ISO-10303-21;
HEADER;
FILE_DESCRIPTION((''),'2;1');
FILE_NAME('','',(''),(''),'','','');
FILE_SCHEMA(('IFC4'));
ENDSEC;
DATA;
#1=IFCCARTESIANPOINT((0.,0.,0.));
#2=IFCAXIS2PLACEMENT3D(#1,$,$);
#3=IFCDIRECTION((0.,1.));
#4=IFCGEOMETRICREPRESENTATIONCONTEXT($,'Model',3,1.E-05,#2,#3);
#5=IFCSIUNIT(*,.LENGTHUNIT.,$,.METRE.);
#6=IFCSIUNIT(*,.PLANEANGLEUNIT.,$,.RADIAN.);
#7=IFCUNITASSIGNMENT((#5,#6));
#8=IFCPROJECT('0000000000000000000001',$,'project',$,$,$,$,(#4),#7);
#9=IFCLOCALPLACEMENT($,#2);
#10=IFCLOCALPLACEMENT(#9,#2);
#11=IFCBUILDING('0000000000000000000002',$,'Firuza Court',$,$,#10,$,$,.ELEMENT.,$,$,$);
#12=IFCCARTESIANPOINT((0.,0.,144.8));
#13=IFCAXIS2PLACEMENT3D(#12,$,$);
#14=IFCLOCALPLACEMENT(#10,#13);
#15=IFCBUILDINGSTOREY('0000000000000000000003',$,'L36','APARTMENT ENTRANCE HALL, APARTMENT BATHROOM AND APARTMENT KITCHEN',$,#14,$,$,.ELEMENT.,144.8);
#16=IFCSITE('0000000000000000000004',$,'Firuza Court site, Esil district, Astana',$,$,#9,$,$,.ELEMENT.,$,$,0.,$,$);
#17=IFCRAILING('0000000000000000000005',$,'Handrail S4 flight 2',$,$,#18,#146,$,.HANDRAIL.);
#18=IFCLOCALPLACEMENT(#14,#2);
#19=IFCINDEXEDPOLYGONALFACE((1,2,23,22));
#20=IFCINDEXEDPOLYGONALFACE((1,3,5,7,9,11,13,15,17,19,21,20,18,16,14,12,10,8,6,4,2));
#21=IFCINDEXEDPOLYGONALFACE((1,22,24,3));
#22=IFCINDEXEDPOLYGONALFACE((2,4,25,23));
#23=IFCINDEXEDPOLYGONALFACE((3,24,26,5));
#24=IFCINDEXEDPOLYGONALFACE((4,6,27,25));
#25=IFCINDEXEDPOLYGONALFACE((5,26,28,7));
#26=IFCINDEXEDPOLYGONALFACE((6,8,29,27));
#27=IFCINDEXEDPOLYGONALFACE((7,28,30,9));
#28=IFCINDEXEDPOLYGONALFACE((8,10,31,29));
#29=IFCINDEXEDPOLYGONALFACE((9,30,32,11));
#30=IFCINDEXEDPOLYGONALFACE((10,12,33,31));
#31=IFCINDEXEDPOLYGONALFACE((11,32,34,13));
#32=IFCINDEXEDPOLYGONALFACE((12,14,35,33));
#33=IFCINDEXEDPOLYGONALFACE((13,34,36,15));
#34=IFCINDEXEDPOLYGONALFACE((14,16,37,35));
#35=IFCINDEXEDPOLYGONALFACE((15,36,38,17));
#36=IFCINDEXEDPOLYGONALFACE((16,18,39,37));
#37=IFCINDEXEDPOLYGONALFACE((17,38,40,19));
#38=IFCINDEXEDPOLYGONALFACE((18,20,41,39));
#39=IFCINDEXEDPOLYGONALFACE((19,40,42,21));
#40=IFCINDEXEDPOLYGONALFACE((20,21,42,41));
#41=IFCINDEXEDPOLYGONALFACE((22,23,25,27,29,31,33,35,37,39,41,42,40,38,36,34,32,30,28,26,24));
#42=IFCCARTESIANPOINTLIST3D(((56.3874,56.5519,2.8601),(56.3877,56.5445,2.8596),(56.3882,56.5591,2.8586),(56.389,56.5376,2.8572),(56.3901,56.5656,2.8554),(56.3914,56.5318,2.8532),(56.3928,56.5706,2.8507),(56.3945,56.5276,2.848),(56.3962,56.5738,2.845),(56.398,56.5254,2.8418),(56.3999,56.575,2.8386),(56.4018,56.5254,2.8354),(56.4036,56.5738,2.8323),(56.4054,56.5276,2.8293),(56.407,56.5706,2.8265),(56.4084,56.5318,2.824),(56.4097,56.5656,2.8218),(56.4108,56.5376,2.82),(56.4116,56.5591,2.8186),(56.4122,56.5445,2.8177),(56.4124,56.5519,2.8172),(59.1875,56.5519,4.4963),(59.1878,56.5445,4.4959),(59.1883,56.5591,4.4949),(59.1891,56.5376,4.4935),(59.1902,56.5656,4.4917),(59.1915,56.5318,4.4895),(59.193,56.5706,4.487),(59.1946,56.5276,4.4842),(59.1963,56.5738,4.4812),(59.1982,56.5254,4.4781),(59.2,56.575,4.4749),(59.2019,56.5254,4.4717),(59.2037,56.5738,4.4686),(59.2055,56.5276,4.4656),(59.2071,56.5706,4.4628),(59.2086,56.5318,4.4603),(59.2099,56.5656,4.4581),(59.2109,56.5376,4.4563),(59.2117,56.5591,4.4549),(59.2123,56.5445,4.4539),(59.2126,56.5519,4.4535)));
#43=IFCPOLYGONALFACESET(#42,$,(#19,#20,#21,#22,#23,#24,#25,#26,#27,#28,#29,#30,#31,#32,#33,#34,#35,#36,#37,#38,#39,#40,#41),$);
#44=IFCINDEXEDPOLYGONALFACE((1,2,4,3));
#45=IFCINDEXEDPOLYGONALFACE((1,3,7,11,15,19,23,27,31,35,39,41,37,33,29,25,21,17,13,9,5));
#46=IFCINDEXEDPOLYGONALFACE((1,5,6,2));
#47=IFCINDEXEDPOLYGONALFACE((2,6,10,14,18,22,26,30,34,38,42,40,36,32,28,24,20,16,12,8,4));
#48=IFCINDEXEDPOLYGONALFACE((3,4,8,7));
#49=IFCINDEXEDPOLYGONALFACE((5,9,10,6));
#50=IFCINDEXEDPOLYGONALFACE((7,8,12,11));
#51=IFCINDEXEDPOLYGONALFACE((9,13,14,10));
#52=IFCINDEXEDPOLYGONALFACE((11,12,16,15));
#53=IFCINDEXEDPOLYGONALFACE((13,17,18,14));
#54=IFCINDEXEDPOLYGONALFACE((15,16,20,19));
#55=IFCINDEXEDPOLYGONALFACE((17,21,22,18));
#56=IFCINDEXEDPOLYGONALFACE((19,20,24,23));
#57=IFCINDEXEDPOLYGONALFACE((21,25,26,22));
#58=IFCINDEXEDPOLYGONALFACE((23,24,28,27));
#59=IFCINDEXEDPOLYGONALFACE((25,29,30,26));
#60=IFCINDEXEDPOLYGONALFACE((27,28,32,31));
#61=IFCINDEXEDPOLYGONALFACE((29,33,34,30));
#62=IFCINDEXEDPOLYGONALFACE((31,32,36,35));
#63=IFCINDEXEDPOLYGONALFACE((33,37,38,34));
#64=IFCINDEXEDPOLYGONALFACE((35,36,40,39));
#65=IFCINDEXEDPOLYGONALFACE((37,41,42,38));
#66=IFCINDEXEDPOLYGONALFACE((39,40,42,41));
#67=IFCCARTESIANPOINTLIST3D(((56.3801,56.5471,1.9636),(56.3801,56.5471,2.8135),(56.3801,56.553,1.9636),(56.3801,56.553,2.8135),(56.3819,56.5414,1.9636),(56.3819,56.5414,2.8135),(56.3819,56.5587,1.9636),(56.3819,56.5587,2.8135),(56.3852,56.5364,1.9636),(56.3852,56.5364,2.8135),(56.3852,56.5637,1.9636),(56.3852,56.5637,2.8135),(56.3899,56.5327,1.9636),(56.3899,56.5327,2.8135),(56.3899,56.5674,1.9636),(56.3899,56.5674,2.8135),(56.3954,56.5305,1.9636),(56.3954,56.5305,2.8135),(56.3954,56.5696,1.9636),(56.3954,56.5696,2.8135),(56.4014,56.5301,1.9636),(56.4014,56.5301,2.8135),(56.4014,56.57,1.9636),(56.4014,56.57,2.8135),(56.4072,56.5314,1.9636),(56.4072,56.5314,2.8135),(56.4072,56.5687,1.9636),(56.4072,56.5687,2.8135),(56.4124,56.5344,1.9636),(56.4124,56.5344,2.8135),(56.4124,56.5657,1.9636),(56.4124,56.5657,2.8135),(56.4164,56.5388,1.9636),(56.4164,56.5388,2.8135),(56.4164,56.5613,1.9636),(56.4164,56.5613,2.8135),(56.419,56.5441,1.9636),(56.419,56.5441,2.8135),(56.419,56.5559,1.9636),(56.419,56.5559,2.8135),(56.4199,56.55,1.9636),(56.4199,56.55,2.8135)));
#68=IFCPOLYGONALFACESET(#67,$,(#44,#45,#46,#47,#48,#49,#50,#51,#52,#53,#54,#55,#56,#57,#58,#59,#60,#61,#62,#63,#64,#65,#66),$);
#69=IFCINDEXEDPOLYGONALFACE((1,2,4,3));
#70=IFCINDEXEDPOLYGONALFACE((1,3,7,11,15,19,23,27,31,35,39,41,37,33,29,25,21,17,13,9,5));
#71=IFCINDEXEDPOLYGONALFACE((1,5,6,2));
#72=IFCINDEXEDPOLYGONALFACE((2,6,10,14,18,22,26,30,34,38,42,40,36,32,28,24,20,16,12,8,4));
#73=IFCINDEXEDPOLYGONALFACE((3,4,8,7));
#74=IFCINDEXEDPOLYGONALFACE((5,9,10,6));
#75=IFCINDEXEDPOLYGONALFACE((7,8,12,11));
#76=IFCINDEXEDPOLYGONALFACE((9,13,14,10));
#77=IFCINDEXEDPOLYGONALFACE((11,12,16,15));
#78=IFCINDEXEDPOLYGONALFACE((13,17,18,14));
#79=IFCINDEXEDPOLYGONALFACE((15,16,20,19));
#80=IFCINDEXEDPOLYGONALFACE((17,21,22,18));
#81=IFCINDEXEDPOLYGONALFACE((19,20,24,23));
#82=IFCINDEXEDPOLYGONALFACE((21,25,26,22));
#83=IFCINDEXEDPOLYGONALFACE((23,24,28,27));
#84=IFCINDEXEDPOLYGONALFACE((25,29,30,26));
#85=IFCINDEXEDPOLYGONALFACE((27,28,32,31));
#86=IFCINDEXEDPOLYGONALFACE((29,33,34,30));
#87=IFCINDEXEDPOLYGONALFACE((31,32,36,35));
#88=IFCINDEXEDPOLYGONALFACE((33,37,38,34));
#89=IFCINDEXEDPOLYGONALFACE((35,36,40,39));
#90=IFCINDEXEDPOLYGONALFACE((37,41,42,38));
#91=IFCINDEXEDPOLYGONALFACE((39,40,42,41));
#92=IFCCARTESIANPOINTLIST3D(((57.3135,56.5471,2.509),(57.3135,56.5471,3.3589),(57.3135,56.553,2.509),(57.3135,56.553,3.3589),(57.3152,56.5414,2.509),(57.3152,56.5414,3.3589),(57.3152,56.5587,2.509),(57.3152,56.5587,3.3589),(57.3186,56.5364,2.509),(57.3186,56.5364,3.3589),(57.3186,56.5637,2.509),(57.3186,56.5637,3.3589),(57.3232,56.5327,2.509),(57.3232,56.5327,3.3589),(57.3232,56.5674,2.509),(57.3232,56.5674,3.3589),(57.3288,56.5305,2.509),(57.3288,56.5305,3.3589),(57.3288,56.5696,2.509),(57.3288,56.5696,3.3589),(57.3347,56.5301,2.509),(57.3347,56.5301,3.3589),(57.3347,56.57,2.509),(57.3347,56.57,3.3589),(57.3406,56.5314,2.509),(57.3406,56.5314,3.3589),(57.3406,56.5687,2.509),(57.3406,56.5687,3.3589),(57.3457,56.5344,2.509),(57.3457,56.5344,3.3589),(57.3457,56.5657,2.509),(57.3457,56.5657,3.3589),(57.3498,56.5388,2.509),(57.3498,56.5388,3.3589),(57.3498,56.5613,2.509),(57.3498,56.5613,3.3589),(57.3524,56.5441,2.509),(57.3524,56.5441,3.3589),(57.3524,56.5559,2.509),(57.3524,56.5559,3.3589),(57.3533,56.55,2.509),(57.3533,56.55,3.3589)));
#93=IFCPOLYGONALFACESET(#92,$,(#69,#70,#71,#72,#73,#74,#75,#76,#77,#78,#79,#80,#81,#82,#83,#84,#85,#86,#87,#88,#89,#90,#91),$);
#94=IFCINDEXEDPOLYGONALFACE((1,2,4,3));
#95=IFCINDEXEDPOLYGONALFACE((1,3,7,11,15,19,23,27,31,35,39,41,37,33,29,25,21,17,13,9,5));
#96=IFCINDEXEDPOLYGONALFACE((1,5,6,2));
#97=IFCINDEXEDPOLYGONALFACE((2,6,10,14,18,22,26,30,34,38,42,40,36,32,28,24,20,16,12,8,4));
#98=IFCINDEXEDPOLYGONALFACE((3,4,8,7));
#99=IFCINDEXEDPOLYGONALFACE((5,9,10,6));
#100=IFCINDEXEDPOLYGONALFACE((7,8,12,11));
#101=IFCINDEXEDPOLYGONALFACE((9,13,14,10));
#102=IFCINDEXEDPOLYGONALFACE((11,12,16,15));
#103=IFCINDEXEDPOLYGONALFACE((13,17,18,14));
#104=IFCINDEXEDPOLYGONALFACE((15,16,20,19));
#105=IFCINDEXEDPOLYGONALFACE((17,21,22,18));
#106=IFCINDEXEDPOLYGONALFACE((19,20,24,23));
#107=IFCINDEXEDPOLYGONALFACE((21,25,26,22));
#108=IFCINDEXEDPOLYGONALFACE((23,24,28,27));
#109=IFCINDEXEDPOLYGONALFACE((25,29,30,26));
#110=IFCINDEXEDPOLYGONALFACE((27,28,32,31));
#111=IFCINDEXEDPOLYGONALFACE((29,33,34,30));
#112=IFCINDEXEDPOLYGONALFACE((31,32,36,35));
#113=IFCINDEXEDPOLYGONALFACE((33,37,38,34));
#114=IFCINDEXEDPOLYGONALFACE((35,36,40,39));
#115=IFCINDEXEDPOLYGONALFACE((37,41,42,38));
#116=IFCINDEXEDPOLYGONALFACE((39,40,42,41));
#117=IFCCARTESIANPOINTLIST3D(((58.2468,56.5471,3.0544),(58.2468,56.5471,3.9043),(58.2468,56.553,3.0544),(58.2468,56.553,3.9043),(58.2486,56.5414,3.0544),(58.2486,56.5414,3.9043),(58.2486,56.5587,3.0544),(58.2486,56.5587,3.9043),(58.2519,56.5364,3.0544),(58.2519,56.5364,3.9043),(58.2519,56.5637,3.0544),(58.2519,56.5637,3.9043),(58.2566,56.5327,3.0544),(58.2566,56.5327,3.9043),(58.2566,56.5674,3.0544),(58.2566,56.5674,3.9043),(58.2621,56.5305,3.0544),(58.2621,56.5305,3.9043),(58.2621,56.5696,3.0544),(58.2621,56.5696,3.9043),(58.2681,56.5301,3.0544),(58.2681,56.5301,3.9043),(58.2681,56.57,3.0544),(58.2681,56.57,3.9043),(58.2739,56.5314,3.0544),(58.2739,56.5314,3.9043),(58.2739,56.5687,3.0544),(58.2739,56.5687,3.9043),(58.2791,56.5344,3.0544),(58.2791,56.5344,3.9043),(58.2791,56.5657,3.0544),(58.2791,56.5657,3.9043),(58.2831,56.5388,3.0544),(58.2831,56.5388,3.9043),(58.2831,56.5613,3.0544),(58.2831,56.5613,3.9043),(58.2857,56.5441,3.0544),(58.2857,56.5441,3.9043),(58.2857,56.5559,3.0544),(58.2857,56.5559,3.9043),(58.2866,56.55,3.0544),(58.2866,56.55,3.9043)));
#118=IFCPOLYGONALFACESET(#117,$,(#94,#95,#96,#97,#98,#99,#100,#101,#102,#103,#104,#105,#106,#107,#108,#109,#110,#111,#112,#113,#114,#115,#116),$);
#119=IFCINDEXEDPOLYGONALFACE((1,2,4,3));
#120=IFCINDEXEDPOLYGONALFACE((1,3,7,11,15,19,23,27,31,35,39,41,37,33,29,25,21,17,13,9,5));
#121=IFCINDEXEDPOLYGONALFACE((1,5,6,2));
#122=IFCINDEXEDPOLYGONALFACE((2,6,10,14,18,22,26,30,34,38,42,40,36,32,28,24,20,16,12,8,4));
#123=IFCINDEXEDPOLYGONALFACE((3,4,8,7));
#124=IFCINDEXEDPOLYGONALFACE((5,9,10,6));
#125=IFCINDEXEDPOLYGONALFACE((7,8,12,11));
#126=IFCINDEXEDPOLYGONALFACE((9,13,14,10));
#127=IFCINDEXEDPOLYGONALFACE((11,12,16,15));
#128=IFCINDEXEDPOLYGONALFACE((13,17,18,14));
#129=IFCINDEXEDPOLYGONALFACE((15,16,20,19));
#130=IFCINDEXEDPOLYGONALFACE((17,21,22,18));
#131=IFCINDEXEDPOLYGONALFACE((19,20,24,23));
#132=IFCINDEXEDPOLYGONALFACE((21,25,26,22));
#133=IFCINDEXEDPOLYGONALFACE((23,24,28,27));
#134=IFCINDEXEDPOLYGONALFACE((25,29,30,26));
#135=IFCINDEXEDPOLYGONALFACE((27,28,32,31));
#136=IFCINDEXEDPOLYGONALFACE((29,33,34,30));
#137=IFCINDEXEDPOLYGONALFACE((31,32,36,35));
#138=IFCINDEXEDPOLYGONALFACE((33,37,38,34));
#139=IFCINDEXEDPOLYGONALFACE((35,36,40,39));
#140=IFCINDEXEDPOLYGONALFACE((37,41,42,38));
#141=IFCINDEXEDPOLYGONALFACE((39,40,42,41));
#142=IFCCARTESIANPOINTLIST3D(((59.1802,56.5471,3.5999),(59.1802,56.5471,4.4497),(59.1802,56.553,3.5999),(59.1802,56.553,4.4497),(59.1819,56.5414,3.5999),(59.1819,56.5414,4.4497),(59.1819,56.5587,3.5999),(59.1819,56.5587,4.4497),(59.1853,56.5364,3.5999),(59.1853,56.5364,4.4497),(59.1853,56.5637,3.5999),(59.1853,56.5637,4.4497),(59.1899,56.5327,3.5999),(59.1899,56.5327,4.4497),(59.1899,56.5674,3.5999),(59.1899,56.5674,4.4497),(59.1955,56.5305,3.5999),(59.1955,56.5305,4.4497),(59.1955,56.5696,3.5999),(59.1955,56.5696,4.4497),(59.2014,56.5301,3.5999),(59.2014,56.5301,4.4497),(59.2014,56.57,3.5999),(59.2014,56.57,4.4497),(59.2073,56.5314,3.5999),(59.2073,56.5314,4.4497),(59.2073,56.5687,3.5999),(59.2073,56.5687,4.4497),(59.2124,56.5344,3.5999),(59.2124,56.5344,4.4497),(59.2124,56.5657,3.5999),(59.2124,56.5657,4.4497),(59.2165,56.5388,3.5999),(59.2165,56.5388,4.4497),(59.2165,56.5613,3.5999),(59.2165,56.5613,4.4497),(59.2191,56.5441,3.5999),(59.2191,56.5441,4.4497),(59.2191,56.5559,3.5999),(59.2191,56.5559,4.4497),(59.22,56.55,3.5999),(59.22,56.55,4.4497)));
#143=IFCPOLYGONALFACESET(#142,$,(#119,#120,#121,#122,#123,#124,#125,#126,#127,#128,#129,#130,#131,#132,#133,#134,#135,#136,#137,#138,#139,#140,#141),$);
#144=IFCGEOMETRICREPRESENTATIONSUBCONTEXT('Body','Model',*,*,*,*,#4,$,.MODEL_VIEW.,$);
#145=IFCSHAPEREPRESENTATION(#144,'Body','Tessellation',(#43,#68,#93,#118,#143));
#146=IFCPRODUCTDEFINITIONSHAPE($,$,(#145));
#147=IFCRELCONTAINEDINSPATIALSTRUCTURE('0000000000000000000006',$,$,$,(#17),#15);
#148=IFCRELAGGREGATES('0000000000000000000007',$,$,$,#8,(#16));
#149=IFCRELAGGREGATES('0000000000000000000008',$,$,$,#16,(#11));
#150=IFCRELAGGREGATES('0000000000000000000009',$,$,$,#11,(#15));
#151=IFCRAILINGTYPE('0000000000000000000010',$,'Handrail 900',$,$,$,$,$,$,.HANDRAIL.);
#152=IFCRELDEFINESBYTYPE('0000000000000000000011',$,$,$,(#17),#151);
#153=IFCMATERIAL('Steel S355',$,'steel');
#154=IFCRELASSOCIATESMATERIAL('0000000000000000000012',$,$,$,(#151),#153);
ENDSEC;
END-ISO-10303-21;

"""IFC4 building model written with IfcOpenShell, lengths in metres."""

from ifc_helpers import new_model, si_unit, direction, frame, origin, origin_2d, place, context, subcontext, project, spatial, circle, extrude, material, type_object, element, save


model = new_model("IFC4")

# Units and contexts
model_context = context("Model", 3, precision=1e-05, world=origin(), true_north=direction((0.0, 1.0)))
body_context = subcontext(model_context, "Body", "Model", "MODEL_VIEW")
ifc_project = project(units=[si_unit("LENGTHUNIT", "METRE"), si_unit("PLANEANGLEUNIT", "RADIAN")], contexts=[model_context])

# Site, building, storey
site_placement = place(None, origin())
site = spatial("IfcSite", under=ifc_project, at=site_placement, Name="Firuza Court site, Esil district, Astana", CompositionType="ELEMENT", RefElevation=0.0)
building_placement = place(site_placement, origin())
building = spatial("IfcBuilding", under=site, at=building_placement, Name="Firuza Court", CompositionType="ELEMENT")
storey_placement = place(building_placement, frame((0.0, 0.0, 144.8)))
storey = spatial("IfcBuildingStorey", under=building, at=storey_placement, Name="L36", Description="APARTMENT ENTRANCE HALL, APARTMENT BATHROOM AND APARTMENT KITCHEN", CompositionType="ELEMENT", Elevation=144.8)

# Railing
ifc_material_1 = material(Name="Steel S355", Category="steel")
railing_type_1 = type_object("IfcRailingType", Name="Handrail 900", PredefinedType="HANDRAIL", material=ifc_material_1)
railing_1_placement = place(storey_placement, frame((56.3999, 56.55, 1.9636)))
element("IfcRailing", 1, at=railing_1_placement, inside=storey, type_object=railing_type_1, Name="Handrail S4 flight 2", PredefinedType="HANDRAIL", context=body_context, shape_type="SweptSolid", body=[
    extrude(circle(Radius=0.0249, at=origin_2d()), frame((0.0, 0.0, 0.875), z_axis=(0.863394, 0.0, 0.504531), x_axis=(0.0, 1.0, 0.0)), (0.0, 0.0, 1.0), 3.2432),
    extrude(circle(Radius=0.02, at=origin_2d()), origin(), (0.0, 0.0, 1.0), 0.8499),
    extrude(circle(Radius=0.02, at=origin_2d()), frame((0.9333, 0.0, 0.5454)), (0.0, 0.0, 1.0), 0.8499),
    extrude(circle(Radius=0.02, at=origin_2d()), frame((1.8667, 0.0, 1.0908)), (0.0, 0.0, 1.0), 0.8499),
    extrude(circle(Radius=0.02, at=origin_2d()), frame((2.8, 0.0, 1.6362)), (0.0, 0.0, 1.0), 0.8499),
])

save(model, "model.ifc")
